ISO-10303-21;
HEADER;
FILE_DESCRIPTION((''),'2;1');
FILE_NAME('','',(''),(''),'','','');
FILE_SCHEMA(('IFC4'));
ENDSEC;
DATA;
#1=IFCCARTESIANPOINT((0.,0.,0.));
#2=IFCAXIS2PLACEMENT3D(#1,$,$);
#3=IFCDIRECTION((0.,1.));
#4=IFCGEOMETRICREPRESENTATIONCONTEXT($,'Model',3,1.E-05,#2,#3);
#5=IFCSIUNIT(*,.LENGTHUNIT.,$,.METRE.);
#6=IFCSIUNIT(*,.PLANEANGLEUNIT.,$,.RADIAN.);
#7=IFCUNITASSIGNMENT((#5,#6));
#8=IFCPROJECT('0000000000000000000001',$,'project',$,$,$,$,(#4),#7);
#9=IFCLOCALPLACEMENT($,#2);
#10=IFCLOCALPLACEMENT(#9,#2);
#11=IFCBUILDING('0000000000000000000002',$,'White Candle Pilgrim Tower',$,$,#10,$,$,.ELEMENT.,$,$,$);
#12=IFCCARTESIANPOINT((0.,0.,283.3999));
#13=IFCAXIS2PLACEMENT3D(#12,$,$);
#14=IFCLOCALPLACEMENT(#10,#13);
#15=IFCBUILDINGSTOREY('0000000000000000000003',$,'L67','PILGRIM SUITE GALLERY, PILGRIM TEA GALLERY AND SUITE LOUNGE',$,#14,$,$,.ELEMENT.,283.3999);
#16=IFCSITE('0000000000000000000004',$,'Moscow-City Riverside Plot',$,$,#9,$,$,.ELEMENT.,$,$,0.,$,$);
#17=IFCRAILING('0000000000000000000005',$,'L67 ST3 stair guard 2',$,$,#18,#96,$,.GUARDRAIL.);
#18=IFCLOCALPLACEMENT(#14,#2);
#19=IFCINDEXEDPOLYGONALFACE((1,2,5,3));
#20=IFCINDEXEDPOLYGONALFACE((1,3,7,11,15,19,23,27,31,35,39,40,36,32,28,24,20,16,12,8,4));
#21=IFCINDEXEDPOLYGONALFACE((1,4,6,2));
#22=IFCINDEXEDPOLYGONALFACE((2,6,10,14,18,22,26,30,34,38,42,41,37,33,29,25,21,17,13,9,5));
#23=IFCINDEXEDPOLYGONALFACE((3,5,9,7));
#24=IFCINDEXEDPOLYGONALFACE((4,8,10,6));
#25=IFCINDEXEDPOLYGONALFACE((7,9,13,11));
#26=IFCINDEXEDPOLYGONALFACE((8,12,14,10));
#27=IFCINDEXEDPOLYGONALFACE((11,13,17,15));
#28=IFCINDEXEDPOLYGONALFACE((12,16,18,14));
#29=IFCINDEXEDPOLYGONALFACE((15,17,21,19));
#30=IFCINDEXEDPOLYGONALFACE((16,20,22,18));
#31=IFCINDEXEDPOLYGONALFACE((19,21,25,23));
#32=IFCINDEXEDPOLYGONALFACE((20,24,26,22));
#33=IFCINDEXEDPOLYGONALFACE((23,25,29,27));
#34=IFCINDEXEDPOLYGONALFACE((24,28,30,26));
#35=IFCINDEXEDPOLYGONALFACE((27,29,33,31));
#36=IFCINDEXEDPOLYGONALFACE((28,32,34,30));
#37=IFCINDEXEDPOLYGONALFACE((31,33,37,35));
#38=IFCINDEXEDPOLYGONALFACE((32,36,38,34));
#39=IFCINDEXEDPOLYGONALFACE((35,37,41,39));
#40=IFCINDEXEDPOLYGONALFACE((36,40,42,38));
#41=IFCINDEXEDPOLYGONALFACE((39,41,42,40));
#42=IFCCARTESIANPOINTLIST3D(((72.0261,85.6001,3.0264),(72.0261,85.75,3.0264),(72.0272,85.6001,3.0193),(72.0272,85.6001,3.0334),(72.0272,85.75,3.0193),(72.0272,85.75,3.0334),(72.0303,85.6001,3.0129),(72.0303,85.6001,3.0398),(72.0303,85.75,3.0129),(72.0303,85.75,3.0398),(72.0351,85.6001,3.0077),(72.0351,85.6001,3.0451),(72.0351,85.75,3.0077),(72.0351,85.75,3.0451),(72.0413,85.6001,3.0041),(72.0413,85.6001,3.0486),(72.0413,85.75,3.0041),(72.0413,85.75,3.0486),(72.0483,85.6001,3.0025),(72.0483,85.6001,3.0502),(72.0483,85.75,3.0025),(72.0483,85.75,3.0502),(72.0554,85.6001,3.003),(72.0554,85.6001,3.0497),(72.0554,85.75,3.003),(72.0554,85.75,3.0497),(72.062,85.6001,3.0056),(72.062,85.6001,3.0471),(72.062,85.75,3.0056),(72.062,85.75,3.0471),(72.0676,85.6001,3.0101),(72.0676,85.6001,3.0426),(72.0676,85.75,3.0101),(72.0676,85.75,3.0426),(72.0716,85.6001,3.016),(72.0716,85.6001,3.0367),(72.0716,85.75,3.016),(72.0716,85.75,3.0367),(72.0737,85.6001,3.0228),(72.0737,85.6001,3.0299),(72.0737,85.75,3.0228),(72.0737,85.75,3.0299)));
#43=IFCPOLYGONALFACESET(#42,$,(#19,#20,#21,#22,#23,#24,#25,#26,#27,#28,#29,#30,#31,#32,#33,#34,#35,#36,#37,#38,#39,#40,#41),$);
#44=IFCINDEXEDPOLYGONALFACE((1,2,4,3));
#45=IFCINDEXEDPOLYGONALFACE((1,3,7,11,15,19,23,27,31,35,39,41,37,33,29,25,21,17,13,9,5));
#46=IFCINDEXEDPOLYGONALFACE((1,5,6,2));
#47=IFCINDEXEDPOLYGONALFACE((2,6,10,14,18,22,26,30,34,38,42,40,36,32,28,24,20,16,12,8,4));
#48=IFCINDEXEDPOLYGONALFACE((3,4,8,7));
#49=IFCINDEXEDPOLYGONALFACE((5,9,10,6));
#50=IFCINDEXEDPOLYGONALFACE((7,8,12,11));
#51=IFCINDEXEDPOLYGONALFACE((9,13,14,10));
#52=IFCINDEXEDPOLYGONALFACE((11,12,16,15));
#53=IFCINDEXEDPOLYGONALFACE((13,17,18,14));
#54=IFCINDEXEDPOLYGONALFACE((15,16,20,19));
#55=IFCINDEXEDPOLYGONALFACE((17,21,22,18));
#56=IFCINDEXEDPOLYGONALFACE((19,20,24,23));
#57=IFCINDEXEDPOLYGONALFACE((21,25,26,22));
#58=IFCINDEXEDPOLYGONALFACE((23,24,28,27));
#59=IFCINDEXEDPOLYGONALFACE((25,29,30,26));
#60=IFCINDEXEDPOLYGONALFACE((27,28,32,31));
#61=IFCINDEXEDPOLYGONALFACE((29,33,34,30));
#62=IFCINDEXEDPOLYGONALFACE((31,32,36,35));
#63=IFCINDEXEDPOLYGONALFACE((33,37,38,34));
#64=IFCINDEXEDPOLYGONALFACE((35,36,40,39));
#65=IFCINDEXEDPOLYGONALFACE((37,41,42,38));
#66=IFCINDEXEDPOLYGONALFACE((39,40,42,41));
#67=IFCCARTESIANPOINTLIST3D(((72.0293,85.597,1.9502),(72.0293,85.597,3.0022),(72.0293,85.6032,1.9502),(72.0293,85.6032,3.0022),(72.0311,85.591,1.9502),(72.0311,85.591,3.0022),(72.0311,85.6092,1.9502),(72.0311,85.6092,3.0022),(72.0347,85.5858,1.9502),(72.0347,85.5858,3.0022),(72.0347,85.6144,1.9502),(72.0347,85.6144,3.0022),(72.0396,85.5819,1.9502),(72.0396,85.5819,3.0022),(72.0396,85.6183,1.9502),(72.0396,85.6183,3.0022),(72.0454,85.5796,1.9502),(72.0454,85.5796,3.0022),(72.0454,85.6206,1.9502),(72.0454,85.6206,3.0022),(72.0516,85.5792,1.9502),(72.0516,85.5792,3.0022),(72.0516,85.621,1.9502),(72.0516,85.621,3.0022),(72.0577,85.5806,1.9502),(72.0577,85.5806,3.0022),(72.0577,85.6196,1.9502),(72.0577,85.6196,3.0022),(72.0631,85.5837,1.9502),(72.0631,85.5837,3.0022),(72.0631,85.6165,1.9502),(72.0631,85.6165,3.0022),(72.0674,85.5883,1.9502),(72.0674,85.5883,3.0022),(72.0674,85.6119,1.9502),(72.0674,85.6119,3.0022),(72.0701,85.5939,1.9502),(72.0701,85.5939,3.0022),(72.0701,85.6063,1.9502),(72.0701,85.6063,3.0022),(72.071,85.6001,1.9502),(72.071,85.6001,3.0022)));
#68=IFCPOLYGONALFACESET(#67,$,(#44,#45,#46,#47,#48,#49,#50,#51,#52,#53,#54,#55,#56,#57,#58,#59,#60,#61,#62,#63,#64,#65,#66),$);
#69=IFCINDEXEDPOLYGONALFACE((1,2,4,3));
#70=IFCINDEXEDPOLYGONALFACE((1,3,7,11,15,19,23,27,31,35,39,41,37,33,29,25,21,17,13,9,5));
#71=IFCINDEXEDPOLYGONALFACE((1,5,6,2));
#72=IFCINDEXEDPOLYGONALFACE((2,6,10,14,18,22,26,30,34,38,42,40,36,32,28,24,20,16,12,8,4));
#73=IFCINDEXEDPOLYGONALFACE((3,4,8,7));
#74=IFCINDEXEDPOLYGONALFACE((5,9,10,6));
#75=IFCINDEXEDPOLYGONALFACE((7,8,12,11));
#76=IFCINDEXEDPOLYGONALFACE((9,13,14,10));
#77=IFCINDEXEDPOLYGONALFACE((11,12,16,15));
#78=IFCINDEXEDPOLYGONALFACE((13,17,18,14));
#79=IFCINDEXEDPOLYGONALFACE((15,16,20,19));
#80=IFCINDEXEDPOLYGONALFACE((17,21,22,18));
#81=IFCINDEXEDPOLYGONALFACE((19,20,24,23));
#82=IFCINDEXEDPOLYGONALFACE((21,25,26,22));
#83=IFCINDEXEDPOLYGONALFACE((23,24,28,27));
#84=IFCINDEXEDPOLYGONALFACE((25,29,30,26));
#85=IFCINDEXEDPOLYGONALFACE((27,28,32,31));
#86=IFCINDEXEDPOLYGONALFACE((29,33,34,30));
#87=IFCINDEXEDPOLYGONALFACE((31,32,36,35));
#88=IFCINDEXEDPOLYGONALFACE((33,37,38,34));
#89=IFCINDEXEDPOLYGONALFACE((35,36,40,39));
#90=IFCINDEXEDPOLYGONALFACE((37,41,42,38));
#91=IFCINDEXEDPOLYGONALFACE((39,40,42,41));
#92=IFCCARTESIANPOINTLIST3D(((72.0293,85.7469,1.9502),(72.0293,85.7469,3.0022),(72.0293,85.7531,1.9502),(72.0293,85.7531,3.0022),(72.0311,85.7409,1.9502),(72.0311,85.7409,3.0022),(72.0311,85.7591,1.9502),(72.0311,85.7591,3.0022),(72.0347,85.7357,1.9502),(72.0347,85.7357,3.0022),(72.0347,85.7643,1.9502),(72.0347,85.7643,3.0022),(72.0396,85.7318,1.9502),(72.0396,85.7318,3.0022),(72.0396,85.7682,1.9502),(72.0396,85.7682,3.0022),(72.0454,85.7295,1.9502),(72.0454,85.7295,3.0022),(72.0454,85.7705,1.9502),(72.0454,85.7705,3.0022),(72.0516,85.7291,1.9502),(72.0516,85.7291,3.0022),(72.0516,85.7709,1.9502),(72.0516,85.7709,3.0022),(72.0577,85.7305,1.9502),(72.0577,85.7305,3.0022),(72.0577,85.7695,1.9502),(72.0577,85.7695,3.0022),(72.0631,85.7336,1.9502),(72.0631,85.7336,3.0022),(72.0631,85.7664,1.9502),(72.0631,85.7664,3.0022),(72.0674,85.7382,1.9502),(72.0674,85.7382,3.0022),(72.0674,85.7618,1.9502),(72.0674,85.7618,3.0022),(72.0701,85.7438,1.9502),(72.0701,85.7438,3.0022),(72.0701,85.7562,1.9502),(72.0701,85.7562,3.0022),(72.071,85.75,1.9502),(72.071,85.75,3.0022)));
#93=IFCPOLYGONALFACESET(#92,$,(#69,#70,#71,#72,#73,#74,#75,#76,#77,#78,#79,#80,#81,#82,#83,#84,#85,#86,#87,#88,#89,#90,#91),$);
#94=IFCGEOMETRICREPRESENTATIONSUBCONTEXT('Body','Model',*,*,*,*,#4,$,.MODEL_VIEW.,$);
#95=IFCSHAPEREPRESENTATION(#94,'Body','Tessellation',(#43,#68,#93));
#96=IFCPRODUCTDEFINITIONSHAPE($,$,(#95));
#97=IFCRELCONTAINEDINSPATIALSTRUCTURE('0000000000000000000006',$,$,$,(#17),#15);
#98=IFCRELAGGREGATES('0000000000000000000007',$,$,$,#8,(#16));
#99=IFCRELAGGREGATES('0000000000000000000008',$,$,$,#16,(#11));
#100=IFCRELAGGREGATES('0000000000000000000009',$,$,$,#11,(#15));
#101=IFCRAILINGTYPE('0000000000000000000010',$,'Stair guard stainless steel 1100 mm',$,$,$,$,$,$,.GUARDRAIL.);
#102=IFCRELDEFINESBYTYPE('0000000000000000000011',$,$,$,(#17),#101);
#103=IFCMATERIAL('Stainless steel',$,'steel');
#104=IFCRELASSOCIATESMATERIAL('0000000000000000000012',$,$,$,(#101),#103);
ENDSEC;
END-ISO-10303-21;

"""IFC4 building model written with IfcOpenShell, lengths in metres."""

from ifc_helpers import new_model, si_unit, direction, frame, origin, origin_2d, place, context, subcontext, project, spatial, circle, extrude, material, type_object, element, save


model = new_model("IFC4")

# Units and contexts
model_context = context("Model", 3, precision=1e-05, world=origin(), true_north=direction((0.0, 1.0)))
body_context = subcontext(model_context, "Body", "Model", "MODEL_VIEW")
ifc_project = project(units=[si_unit("LENGTHUNIT", "METRE"), si_unit("PLANEANGLEUNIT", "RADIAN")], contexts=[model_context])

# Site, building, storey
site_placement = place(None, origin())
site = spatial("IfcSite", under=ifc_project, at=site_placement, Name="Moscow-City Riverside Plot", CompositionType="ELEMENT", RefElevation=0.0)
building_placement = place(site_placement, origin())
building = spatial("IfcBuilding", under=site, at=building_placement, Name="White Candle Pilgrim Tower", CompositionType="ELEMENT")
storey_placement = place(building_placement, frame((0.0, 0.0, 283.3999)))
storey = spatial("IfcBuildingStorey", under=building, at=storey_placement, Name="L67", Description="PILGRIM SUITE GALLERY, PILGRIM TEA GALLERY AND SUITE LOUNGE", CompositionType="ELEMENT", Elevation=283.3999)

# Railing
ifc_material_1 = material(Name="Stainless steel", Category="steel")
railing_type_1 = type_object("IfcRailingType", Name="Stair guard stainless steel 1100 mm", PredefinedType="GUARDRAIL", material=ifc_material_1)
railing_1_placement = place(storey_placement, frame((72.05, 85.6001, 1.9502)))
element("IfcRailing", 1, at=railing_1_placement, inside=storey, type_object=railing_type_1, Name="L67 ST3 stair guard 2", PredefinedType="GUARDRAIL", context=body_context, shape_type="SweptSolid", body=[
    extrude(circle(Radius=0.0239, at=origin_2d()), frame((0.0, 0.0, 1.0762), z_axis=(0.0, 1.0, 0.0), x_axis=(-1.0, 0.0, 0.0)), (0.0, 0.0, 1.0), 0.1499),
    extrude(circle(Radius=0.021, at=origin_2d()), origin(), (0.0, 0.0, 1.0), 1.052),
    extrude(circle(Radius=0.021, at=origin_2d()), frame((0.0, 0.1499, 0.0)), (0.0, 0.0, 1.0), 1.052),
])

save(model, "model.ifc")
